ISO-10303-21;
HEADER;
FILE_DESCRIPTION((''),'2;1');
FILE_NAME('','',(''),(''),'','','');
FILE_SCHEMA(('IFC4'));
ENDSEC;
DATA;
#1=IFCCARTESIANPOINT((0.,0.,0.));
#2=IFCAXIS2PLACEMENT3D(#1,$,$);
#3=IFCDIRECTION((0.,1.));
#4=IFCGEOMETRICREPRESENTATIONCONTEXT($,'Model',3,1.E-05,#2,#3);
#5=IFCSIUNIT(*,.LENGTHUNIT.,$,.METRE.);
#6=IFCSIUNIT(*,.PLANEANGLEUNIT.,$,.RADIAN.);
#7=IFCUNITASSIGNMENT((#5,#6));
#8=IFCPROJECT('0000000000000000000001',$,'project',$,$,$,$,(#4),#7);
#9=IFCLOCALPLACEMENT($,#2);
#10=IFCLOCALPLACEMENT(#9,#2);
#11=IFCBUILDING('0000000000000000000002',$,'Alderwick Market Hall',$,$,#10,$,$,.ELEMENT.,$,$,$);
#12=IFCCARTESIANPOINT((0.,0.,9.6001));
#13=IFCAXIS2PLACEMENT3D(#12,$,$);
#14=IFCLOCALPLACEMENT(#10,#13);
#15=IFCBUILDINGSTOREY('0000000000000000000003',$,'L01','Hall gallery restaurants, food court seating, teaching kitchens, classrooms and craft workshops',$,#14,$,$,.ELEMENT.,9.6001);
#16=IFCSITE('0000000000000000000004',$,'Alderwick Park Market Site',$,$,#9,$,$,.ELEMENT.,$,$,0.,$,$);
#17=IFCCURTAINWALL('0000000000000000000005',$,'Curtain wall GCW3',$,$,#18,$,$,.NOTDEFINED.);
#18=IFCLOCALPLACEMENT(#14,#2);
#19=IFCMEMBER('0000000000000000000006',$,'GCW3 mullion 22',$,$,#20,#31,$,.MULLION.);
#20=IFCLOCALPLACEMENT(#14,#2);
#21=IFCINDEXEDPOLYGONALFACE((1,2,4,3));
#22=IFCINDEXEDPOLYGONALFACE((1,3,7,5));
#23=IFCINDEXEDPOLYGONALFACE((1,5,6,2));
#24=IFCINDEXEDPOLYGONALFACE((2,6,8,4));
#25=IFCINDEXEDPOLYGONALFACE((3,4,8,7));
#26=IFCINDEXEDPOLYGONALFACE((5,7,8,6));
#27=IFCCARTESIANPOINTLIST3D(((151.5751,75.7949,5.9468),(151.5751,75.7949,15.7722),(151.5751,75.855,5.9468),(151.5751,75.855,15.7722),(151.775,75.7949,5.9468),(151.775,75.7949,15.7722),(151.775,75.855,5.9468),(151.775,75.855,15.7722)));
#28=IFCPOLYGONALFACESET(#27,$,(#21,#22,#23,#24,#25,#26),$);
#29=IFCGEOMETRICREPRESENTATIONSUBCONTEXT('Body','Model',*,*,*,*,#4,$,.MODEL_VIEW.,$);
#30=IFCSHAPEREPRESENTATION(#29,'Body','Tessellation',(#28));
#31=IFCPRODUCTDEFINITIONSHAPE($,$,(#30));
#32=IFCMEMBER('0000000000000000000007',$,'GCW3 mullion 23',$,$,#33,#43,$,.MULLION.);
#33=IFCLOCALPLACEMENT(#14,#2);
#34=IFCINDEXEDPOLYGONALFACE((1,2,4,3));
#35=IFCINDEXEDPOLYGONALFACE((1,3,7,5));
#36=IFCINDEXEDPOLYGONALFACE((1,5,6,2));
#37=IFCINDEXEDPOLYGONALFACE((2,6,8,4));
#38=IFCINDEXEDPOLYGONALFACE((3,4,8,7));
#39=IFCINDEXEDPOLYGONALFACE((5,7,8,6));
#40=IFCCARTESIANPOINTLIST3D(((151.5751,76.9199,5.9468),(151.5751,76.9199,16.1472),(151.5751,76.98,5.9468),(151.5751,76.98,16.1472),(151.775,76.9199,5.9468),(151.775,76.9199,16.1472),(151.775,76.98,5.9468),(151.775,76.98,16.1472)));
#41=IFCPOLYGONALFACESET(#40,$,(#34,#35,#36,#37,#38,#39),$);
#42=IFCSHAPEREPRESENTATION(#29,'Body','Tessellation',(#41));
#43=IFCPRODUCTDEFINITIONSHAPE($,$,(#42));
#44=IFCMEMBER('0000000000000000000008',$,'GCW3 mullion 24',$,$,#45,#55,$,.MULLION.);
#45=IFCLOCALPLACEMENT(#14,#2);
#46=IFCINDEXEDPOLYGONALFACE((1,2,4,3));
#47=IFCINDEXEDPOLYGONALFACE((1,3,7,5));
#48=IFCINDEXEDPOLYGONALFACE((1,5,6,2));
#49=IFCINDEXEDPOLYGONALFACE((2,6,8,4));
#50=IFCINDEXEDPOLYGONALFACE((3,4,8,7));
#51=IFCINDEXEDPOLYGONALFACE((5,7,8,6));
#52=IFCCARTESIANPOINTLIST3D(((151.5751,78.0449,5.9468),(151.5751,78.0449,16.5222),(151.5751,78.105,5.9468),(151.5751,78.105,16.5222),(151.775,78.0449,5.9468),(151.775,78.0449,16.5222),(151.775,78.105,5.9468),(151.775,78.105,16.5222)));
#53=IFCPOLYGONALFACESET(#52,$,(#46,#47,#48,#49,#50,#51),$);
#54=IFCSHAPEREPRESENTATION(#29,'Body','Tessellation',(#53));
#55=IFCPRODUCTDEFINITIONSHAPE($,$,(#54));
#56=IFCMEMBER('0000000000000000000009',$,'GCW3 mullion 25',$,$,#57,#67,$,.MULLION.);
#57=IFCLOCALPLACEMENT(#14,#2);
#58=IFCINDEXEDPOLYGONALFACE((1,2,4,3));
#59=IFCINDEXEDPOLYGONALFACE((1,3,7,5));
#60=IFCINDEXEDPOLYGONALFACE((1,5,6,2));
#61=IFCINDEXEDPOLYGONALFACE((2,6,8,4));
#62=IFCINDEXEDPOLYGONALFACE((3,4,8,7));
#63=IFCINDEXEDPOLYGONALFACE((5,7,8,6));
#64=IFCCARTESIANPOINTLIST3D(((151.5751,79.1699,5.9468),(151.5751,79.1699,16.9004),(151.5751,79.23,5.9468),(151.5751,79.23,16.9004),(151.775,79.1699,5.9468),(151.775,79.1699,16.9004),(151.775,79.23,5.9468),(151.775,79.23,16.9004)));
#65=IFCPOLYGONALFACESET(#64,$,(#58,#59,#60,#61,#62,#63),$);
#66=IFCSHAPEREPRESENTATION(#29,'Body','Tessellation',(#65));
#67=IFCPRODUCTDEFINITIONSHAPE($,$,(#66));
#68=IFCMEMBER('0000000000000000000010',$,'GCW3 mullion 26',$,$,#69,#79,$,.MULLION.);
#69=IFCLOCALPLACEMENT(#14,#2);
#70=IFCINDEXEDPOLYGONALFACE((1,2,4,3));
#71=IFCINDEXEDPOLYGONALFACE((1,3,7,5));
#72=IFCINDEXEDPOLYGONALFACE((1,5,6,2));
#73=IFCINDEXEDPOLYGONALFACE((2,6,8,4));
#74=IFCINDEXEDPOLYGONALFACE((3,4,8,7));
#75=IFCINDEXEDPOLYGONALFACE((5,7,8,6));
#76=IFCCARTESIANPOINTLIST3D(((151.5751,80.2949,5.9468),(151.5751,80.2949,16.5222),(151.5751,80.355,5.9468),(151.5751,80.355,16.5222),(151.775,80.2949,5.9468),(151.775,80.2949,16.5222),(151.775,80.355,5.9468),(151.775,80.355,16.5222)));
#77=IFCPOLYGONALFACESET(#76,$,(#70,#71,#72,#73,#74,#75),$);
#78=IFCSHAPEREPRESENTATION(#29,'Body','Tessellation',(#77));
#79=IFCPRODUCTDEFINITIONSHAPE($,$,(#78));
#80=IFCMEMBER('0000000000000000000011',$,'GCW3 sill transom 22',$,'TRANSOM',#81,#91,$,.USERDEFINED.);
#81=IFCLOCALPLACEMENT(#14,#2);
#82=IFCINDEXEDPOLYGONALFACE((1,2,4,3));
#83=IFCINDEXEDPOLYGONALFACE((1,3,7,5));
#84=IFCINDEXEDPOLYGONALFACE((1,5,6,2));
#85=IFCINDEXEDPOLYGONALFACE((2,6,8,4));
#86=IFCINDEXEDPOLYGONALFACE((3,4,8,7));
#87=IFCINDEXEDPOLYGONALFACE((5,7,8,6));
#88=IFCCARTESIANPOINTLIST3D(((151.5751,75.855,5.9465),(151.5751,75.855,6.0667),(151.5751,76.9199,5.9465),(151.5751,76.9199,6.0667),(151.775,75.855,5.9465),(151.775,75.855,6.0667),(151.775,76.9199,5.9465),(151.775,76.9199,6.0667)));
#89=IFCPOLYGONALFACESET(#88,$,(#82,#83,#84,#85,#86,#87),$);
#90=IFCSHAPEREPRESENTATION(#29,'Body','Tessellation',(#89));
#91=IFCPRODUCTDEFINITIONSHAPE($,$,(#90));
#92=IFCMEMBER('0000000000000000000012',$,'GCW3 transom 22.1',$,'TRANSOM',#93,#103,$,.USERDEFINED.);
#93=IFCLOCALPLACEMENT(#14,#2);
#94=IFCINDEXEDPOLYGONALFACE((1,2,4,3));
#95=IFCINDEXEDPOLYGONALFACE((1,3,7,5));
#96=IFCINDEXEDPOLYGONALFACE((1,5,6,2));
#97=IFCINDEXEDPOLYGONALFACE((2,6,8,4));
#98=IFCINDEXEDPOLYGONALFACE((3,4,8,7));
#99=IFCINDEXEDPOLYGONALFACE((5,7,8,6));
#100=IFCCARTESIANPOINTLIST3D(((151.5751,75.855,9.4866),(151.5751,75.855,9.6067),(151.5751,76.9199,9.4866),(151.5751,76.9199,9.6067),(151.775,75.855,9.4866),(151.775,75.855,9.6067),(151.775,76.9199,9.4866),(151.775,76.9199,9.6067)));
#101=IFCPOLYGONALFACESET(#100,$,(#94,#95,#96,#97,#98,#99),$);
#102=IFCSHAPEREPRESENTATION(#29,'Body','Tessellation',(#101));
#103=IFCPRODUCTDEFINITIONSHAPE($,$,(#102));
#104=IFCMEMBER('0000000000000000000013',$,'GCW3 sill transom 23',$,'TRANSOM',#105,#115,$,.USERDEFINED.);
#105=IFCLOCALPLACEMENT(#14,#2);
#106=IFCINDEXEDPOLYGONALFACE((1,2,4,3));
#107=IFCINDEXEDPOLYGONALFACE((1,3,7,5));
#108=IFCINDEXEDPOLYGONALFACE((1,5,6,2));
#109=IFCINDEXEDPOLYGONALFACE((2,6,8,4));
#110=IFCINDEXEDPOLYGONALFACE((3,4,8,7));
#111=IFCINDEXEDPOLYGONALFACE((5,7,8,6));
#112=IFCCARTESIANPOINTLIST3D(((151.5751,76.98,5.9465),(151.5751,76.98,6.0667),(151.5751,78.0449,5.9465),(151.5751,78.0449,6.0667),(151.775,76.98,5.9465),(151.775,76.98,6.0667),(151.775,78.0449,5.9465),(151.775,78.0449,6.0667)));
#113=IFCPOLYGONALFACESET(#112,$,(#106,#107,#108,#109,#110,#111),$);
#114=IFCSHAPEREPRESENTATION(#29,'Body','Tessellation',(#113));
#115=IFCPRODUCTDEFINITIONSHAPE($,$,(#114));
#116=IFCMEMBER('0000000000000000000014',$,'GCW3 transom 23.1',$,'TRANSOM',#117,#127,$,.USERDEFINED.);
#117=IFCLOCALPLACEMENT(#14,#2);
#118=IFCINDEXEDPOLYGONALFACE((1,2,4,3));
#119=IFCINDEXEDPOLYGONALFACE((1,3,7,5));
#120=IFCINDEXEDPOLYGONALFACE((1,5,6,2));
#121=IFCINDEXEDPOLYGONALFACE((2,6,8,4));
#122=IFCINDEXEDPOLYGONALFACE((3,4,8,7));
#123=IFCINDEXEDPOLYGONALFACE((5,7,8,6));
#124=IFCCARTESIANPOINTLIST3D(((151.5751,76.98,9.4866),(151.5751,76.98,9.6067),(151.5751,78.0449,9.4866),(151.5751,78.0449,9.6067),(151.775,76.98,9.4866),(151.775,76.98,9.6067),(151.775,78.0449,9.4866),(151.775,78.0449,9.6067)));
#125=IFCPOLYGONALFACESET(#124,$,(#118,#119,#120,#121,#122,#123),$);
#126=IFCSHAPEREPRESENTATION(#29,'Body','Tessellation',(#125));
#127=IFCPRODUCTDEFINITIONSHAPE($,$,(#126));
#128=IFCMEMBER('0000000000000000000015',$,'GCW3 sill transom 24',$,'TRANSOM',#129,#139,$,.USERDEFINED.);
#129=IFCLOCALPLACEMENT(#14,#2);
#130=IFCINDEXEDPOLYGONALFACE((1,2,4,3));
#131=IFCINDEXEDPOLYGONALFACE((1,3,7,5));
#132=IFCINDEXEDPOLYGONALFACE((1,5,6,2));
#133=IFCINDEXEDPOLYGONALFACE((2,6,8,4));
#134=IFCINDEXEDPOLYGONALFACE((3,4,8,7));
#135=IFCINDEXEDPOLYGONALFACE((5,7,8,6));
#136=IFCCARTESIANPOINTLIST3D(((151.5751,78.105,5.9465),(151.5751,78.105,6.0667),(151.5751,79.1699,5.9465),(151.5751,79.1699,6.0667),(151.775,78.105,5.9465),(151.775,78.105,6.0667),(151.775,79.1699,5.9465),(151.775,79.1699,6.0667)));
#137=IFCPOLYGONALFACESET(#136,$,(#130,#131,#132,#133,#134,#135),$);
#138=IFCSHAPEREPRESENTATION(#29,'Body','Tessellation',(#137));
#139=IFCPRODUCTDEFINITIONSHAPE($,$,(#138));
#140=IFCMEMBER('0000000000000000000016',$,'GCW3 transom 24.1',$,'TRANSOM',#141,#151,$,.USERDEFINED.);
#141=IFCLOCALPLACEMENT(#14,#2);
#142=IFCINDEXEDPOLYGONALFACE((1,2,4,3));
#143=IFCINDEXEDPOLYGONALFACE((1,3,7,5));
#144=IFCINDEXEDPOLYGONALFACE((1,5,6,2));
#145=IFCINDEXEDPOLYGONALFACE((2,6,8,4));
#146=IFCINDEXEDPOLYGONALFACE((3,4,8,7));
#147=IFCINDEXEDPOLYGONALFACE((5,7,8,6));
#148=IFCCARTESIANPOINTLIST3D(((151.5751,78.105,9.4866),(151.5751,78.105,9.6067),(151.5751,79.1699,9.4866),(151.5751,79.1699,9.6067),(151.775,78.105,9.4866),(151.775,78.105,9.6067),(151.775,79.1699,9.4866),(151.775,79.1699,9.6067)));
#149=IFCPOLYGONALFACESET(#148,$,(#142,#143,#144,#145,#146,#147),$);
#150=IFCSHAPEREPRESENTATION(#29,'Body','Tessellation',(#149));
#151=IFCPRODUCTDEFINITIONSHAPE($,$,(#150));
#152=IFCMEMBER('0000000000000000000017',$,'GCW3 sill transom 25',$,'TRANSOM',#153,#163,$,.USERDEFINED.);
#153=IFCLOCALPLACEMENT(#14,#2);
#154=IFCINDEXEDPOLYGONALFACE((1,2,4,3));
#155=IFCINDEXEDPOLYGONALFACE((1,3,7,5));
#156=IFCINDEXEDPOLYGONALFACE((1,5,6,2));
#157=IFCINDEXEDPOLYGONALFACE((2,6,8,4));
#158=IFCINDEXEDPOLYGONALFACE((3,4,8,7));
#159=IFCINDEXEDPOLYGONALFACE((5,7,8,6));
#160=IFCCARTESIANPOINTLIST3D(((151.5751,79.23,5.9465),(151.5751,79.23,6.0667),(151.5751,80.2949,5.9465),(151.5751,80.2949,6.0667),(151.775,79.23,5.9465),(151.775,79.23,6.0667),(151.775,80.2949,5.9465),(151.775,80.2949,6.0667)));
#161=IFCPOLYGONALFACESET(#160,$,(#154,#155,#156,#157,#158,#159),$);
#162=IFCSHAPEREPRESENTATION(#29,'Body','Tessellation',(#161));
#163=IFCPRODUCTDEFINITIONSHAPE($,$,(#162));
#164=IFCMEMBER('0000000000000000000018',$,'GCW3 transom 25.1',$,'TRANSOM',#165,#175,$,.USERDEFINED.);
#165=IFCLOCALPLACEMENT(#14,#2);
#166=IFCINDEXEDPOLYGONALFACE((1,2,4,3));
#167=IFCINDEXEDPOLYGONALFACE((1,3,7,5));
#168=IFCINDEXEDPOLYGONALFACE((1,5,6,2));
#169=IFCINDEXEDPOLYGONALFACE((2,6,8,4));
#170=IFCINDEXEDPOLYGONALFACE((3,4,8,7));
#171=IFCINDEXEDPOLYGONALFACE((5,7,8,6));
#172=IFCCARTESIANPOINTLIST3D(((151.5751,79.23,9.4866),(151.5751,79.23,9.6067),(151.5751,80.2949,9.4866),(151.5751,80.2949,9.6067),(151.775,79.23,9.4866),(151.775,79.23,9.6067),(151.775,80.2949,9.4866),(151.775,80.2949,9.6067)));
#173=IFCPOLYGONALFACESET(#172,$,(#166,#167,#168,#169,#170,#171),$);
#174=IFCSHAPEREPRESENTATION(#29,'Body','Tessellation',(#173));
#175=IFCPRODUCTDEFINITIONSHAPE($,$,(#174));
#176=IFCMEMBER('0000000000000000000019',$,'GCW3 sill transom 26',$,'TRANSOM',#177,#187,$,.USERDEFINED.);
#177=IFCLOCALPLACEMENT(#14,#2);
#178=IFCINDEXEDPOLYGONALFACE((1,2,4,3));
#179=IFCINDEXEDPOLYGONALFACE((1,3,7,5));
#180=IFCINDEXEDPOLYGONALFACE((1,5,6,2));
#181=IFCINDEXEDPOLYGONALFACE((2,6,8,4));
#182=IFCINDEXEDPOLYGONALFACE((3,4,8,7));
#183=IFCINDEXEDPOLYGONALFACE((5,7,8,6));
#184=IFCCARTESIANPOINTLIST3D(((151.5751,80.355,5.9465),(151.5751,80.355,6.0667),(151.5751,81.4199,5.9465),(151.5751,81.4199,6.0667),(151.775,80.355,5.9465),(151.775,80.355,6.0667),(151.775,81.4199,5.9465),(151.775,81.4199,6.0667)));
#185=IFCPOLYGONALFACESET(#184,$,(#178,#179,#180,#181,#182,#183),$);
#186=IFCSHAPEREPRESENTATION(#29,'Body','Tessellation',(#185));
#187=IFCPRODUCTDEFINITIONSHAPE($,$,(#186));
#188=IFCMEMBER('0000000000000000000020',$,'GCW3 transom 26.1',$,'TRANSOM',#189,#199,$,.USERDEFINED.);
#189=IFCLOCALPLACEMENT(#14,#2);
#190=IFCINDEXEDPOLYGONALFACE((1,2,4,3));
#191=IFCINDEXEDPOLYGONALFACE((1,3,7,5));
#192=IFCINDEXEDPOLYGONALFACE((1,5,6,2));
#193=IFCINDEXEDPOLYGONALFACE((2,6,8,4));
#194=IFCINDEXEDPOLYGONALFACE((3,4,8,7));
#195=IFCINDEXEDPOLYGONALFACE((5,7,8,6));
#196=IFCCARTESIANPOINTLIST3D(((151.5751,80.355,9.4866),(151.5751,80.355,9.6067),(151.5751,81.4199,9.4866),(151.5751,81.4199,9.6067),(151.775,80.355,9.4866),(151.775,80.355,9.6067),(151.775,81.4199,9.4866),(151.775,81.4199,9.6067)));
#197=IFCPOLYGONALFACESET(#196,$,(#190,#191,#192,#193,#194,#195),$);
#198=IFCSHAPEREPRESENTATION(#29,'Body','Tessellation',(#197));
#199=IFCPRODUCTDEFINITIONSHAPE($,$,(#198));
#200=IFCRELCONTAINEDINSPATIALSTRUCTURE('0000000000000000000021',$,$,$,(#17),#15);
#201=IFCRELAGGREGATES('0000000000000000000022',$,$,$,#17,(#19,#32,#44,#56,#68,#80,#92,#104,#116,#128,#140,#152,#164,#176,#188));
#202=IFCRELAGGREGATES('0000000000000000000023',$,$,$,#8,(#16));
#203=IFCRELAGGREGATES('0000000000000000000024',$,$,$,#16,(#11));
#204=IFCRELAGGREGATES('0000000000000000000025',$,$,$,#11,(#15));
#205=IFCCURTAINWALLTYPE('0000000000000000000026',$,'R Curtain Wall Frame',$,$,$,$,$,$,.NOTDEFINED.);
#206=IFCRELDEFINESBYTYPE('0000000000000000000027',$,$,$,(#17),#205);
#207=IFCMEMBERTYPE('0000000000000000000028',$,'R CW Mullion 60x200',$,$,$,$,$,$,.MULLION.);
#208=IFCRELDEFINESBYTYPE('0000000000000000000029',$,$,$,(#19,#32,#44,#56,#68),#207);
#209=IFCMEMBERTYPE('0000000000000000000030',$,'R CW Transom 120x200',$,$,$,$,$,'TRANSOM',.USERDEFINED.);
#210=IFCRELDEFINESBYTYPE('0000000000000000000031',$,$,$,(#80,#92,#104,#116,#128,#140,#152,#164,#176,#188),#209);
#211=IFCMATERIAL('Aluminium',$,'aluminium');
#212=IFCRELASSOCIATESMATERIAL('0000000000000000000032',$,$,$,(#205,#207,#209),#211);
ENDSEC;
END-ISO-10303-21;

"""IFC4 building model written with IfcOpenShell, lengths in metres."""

from ifc_helpers import new_model, si_unit, direction, frame, origin, origin_2d, place, context, subcontext, project, spatial, rectangle, extrude, material, material_profile, profile_set, type_object, element, aggregate, save


model = new_model("IFC4")

# Units and contexts
model_context = context("Model", 3, precision=1e-05, world=origin(), true_north=direction((0.0, 1.0)))
body_context = subcontext(model_context, "Body", "Model", "MODEL_VIEW")
ifc_project = project(units=[si_unit("LENGTHUNIT", "METRE"), si_unit("PLANEANGLEUNIT", "RADIAN")], contexts=[model_context])

# Site, building, storey
site_placement = place(None, origin())
site = spatial("IfcSite", under=ifc_project, at=site_placement, Name="Alderwick Park Market Site", CompositionType="ELEMENT", RefElevation=0.0)
building_placement = place(site_placement, origin())
building = spatial("IfcBuilding", under=site, at=building_placement, Name="Alderwick Market Hall", CompositionType="ELEMENT")
storey_placement = place(building_placement, frame((0.0, 0.0, 9.6001)))
storey = spatial("IfcBuildingStorey", under=building, at=storey_placement, Name="L01", Description="Hall gallery restaurants, food court seating, teaching kitchens, classrooms and craft workshops", CompositionType="ELEMENT", Elevation=9.6001)

# Curtain wall, members
ifc_material_1 = material(Name="Aluminium", Category="aluminium")
curtain_wall_type = type_object("IfcCurtainWallType", Name="R Curtain Wall Frame", PredefinedType="NOTDEFINED", material=ifc_material_1)
curtain_wall_placement = place(storey_placement, origin())
curtain_wall = element("IfcCurtainWall", 1, at=curtain_wall_placement, inside=storey, type_object=curtain_wall_type, Name="Curtain wall GCW3", PredefinedType="NOTDEFINED")
ifc_material_profile_1 = material_profile(ifc_material_1, rectangle(XDim=0.2, YDim=0.0601, at=origin_2d()), Name="AL 60x200")
ifc_profile_set_1 = profile_set([ifc_material_profile_1], Name="Aluminium")
member_type_1 = type_object("IfcMemberType", Name="R CW Mullion 60x200", PredefinedType="MULLION", material=ifc_profile_set_1)
member_1_placement = place(storey_placement, frame((151.675, 75.825, 5.9468), z_axis=(0.0, 0.0, 1.0), x_axis=(1.0, 0.0, 0.0)))
member_1 = element("IfcMember", 2, at=member_1_placement, type_object=member_type_1, Name="GCW3 mullion 22", PredefinedType="MULLION", context=body_context, shape_type="SweptSolid", body=[
    extrude(rectangle(XDim=0.2, YDim=0.0601, at=origin_2d()), origin(), (0.0, 0.0, 1.0), 9.8254),
])
member_2_placement = place(storey_placement, frame((151.675, 76.95, 5.9468), z_axis=(0.0, 0.0, 1.0), x_axis=(1.0, 0.0, 0.0)))
member_2 = element("IfcMember", 3, at=member_2_placement, type_object=member_type_1, Name="GCW3 mullion 23", PredefinedType="MULLION", context=body_context, shape_type="SweptSolid", body=[
    extrude(rectangle(XDim=0.2, YDim=0.0601, at=origin_2d()), origin(), (0.0, 0.0, 1.0), 10.2004),
])
member_3_placement = place(storey_placement, frame((151.675, 78.075, 5.9468), z_axis=(0.0, 0.0, 1.0), x_axis=(1.0, 0.0, 0.0)))
member_3 = element("IfcMember", 4, at=member_3_placement, type_object=member_type_1, Name="GCW3 mullion 24", PredefinedType="MULLION", context=body_context, shape_type="SweptSolid", body=[
    extrude(rectangle(XDim=0.2, YDim=0.0601, at=origin_2d()), origin(), (0.0, 0.0, 1.0), 10.5754),
])
member_4_placement = place(storey_placement, frame((151.675, 79.2, 5.9468), z_axis=(0.0, 0.0, 1.0), x_axis=(1.0, 0.0, 0.0)))
member_4 = element("IfcMember", 5, at=member_4_placement, type_object=member_type_1, Name="GCW3 mullion 25", PredefinedType="MULLION", context=body_context, shape_type="SweptSolid", body=[
    extrude(rectangle(XDim=0.2, YDim=0.0601, at=origin_2d()), origin(), (0.0, 0.0, 1.0), 10.9536),
])
member_5_placement = place(storey_placement, frame((151.675, 80.325, 5.9468), z_axis=(0.0, 0.0, 1.0), x_axis=(1.0, 0.0, 0.0)))
member_5 = element("IfcMember", 6, at=member_5_placement, type_object=member_type_1, Name="GCW3 mullion 26", PredefinedType="MULLION", context=body_context, shape_type="SweptSolid", body=[
    extrude(rectangle(XDim=0.2, YDim=0.0601, at=origin_2d()), origin(), (0.0, 0.0, 1.0), 10.5754),
])
ifc_material_profile_2 = material_profile(ifc_material_1, rectangle(XDim=0.2, YDim=0.1201, at=origin_2d()), Name="AL 120x200")
ifc_profile_set_2 = profile_set([ifc_material_profile_2], Name="Aluminium")
member_type_2 = type_object("IfcMemberType", Name="R CW Transom 120x200", ElementType="TRANSOM", PredefinedType="USERDEFINED", material=ifc_profile_set_2)
member_6_placement = place(storey_placement, frame((151.675, 75.855, 6.0066), z_axis=(0.0, 1.0, 0.0), x_axis=(-1.0, 0.0, 0.0)))
member_6 = element("IfcMember", 7, at=member_6_placement, type_object=member_type_2, Name="GCW3 sill transom 22", ObjectType="TRANSOM", PredefinedType="USERDEFINED", context=body_context, shape_type="SweptSolid", body=[
    extrude(rectangle(XDim=0.2, YDim=0.1201, at=origin_2d()), origin(), (0.0, 0.0, 1.0), 1.0649),
])
member_7_placement = place(storey_placement, frame((151.675, 75.855, 9.5466), z_axis=(0.0, 1.0, 0.0), x_axis=(-1.0, 0.0, 0.0)))
member_7 = element("IfcMember", 8, at=member_7_placement, type_object=member_type_2, Name="GCW3 transom 22.1", ObjectType="TRANSOM", PredefinedType="USERDEFINED", context=body_context, shape_type="SweptSolid", body=[
    extrude(rectangle(XDim=0.2, YDim=0.1201, at=origin_2d()), origin(), (0.0, 0.0, 1.0), 1.0649),
])
member_8_placement = place(storey_placement, frame((151.675, 76.98, 6.0066), z_axis=(0.0, 1.0, 0.0), x_axis=(-1.0, 0.0, 0.0)))
member_8 = element("IfcMember", 9, at=member_8_placement, type_object=member_type_2, Name="GCW3 sill transom 23", ObjectType="TRANSOM", PredefinedType="USERDEFINED", context=body_context, shape_type="SweptSolid", body=[
    extrude(rectangle(XDim=0.2, YDim=0.1201, at=origin_2d()), origin(), (0.0, 0.0, 1.0), 1.0649),
])
member_9_placement = place(storey_placement, frame((151.675, 76.98, 9.5466), z_axis=(0.0, 1.0, 0.0), x_axis=(-1.0, 0.0, 0.0)))
member_9 = element("IfcMember", 10, at=member_9_placement, type_object=member_type_2, Name="GCW3 transom 23.1", ObjectType="TRANSOM", PredefinedType="USERDEFINED", context=body_context, shape_type="SweptSolid", body=[
    extrude(rectangle(XDim=0.2, YDim=0.1201, at=origin_2d()), origin(), (0.0, 0.0, 1.0), 1.0649),
])
member_10_placement = place(storey_placement, frame((151.675, 78.105, 6.0066), z_axis=(0.0, 1.0, 0.0), x_axis=(-1.0, 0.0, 0.0)))
member_10 = element("IfcMember", 11, at=member_10_placement, type_object=member_type_2, Name="GCW3 sill transom 24", ObjectType="TRANSOM", PredefinedType="USERDEFINED", context=body_context, shape_type="SweptSolid", body=[
    extrude(rectangle(XDim=0.2, YDim=0.1201, at=origin_2d()), origin(), (0.0, 0.0, 1.0), 1.0649),
])
member_11_placement = place(storey_placement, frame((151.675, 78.105, 9.5466), z_axis=(0.0, 1.0, 0.0), x_axis=(-1.0, 0.0, 0.0)))
member_11 = element("IfcMember", 12, at=member_11_placement, type_object=member_type_2, Name="GCW3 transom 24.1", ObjectType="TRANSOM", PredefinedType="USERDEFINED", context=body_context, shape_type="SweptSolid", body=[
    extrude(rectangle(XDim=0.2, YDim=0.1201, at=origin_2d()), origin(), (0.0, 0.0, 1.0), 1.0649),
])
member_12_placement = place(storey_placement, frame((151.675, 79.23, 6.0066), z_axis=(0.0, 1.0, 0.0), x_axis=(-1.0, 0.0, 0.0)))
member_12 = element("IfcMember", 13, at=member_12_placement, type_object=member_type_2, Name="GCW3 sill transom 25", ObjectType="TRANSOM", PredefinedType="USERDEFINED", context=body_context, shape_type="SweptSolid", body=[
    extrude(rectangle(XDim=0.2, YDim=0.1201, at=origin_2d()), origin(), (0.0, 0.0, 1.0), 1.0649),
])
member_13_placement = place(storey_placement, frame((151.675, 79.23, 9.5466), z_axis=(0.0, 1.0, 0.0), x_axis=(-1.0, 0.0, 0.0)))
member_13 = element("IfcMember", 14, at=member_13_placement, type_object=member_type_2, Name="GCW3 transom 25.1", ObjectType="TRANSOM", PredefinedType="USERDEFINED", context=body_context, shape_type="SweptSolid", body=[
    extrude(rectangle(XDim=0.2, YDim=0.1201, at=origin_2d()), origin(), (0.0, 0.0, 1.0), 1.0649),
])
member_14_placement = place(storey_placement, frame((151.675, 80.355, 6.0066), z_axis=(0.0, 1.0, 0.0), x_axis=(-1.0, 0.0, 0.0)))
member_14 = element("IfcMember", 15, at=member_14_placement, type_object=member_type_2, Name="GCW3 sill transom 26", ObjectType="TRANSOM", PredefinedType="USERDEFINED", context=body_context, shape_type="SweptSolid", body=[
    extrude(rectangle(XDim=0.2, YDim=0.1201, at=origin_2d()), origin(), (0.0, 0.0, 1.0), 1.0649),
])
member_15_placement = place(storey_placement, frame((151.675, 80.355, 9.5466), z_axis=(0.0, 1.0, 0.0), x_axis=(-1.0, 0.0, 0.0)))
member_15 = element("IfcMember", 16, at=member_15_placement, type_object=member_type_2, Name="GCW3 transom 26.1", ObjectType="TRANSOM", PredefinedType="USERDEFINED", context=body_context, shape_type="SweptSolid", body=[
    extrude(rectangle(XDim=0.2, YDim=0.1201, at=origin_2d()), origin(), (0.0, 0.0, 1.0), 1.0649),
])
aggregate(curtain_wall, [member_1, member_2, member_3, member_4, member_5, member_6, member_7, member_8, member_9, member_10, member_11, member_12, member_13, member_14, member_15])

save(model, "model.ifc")
